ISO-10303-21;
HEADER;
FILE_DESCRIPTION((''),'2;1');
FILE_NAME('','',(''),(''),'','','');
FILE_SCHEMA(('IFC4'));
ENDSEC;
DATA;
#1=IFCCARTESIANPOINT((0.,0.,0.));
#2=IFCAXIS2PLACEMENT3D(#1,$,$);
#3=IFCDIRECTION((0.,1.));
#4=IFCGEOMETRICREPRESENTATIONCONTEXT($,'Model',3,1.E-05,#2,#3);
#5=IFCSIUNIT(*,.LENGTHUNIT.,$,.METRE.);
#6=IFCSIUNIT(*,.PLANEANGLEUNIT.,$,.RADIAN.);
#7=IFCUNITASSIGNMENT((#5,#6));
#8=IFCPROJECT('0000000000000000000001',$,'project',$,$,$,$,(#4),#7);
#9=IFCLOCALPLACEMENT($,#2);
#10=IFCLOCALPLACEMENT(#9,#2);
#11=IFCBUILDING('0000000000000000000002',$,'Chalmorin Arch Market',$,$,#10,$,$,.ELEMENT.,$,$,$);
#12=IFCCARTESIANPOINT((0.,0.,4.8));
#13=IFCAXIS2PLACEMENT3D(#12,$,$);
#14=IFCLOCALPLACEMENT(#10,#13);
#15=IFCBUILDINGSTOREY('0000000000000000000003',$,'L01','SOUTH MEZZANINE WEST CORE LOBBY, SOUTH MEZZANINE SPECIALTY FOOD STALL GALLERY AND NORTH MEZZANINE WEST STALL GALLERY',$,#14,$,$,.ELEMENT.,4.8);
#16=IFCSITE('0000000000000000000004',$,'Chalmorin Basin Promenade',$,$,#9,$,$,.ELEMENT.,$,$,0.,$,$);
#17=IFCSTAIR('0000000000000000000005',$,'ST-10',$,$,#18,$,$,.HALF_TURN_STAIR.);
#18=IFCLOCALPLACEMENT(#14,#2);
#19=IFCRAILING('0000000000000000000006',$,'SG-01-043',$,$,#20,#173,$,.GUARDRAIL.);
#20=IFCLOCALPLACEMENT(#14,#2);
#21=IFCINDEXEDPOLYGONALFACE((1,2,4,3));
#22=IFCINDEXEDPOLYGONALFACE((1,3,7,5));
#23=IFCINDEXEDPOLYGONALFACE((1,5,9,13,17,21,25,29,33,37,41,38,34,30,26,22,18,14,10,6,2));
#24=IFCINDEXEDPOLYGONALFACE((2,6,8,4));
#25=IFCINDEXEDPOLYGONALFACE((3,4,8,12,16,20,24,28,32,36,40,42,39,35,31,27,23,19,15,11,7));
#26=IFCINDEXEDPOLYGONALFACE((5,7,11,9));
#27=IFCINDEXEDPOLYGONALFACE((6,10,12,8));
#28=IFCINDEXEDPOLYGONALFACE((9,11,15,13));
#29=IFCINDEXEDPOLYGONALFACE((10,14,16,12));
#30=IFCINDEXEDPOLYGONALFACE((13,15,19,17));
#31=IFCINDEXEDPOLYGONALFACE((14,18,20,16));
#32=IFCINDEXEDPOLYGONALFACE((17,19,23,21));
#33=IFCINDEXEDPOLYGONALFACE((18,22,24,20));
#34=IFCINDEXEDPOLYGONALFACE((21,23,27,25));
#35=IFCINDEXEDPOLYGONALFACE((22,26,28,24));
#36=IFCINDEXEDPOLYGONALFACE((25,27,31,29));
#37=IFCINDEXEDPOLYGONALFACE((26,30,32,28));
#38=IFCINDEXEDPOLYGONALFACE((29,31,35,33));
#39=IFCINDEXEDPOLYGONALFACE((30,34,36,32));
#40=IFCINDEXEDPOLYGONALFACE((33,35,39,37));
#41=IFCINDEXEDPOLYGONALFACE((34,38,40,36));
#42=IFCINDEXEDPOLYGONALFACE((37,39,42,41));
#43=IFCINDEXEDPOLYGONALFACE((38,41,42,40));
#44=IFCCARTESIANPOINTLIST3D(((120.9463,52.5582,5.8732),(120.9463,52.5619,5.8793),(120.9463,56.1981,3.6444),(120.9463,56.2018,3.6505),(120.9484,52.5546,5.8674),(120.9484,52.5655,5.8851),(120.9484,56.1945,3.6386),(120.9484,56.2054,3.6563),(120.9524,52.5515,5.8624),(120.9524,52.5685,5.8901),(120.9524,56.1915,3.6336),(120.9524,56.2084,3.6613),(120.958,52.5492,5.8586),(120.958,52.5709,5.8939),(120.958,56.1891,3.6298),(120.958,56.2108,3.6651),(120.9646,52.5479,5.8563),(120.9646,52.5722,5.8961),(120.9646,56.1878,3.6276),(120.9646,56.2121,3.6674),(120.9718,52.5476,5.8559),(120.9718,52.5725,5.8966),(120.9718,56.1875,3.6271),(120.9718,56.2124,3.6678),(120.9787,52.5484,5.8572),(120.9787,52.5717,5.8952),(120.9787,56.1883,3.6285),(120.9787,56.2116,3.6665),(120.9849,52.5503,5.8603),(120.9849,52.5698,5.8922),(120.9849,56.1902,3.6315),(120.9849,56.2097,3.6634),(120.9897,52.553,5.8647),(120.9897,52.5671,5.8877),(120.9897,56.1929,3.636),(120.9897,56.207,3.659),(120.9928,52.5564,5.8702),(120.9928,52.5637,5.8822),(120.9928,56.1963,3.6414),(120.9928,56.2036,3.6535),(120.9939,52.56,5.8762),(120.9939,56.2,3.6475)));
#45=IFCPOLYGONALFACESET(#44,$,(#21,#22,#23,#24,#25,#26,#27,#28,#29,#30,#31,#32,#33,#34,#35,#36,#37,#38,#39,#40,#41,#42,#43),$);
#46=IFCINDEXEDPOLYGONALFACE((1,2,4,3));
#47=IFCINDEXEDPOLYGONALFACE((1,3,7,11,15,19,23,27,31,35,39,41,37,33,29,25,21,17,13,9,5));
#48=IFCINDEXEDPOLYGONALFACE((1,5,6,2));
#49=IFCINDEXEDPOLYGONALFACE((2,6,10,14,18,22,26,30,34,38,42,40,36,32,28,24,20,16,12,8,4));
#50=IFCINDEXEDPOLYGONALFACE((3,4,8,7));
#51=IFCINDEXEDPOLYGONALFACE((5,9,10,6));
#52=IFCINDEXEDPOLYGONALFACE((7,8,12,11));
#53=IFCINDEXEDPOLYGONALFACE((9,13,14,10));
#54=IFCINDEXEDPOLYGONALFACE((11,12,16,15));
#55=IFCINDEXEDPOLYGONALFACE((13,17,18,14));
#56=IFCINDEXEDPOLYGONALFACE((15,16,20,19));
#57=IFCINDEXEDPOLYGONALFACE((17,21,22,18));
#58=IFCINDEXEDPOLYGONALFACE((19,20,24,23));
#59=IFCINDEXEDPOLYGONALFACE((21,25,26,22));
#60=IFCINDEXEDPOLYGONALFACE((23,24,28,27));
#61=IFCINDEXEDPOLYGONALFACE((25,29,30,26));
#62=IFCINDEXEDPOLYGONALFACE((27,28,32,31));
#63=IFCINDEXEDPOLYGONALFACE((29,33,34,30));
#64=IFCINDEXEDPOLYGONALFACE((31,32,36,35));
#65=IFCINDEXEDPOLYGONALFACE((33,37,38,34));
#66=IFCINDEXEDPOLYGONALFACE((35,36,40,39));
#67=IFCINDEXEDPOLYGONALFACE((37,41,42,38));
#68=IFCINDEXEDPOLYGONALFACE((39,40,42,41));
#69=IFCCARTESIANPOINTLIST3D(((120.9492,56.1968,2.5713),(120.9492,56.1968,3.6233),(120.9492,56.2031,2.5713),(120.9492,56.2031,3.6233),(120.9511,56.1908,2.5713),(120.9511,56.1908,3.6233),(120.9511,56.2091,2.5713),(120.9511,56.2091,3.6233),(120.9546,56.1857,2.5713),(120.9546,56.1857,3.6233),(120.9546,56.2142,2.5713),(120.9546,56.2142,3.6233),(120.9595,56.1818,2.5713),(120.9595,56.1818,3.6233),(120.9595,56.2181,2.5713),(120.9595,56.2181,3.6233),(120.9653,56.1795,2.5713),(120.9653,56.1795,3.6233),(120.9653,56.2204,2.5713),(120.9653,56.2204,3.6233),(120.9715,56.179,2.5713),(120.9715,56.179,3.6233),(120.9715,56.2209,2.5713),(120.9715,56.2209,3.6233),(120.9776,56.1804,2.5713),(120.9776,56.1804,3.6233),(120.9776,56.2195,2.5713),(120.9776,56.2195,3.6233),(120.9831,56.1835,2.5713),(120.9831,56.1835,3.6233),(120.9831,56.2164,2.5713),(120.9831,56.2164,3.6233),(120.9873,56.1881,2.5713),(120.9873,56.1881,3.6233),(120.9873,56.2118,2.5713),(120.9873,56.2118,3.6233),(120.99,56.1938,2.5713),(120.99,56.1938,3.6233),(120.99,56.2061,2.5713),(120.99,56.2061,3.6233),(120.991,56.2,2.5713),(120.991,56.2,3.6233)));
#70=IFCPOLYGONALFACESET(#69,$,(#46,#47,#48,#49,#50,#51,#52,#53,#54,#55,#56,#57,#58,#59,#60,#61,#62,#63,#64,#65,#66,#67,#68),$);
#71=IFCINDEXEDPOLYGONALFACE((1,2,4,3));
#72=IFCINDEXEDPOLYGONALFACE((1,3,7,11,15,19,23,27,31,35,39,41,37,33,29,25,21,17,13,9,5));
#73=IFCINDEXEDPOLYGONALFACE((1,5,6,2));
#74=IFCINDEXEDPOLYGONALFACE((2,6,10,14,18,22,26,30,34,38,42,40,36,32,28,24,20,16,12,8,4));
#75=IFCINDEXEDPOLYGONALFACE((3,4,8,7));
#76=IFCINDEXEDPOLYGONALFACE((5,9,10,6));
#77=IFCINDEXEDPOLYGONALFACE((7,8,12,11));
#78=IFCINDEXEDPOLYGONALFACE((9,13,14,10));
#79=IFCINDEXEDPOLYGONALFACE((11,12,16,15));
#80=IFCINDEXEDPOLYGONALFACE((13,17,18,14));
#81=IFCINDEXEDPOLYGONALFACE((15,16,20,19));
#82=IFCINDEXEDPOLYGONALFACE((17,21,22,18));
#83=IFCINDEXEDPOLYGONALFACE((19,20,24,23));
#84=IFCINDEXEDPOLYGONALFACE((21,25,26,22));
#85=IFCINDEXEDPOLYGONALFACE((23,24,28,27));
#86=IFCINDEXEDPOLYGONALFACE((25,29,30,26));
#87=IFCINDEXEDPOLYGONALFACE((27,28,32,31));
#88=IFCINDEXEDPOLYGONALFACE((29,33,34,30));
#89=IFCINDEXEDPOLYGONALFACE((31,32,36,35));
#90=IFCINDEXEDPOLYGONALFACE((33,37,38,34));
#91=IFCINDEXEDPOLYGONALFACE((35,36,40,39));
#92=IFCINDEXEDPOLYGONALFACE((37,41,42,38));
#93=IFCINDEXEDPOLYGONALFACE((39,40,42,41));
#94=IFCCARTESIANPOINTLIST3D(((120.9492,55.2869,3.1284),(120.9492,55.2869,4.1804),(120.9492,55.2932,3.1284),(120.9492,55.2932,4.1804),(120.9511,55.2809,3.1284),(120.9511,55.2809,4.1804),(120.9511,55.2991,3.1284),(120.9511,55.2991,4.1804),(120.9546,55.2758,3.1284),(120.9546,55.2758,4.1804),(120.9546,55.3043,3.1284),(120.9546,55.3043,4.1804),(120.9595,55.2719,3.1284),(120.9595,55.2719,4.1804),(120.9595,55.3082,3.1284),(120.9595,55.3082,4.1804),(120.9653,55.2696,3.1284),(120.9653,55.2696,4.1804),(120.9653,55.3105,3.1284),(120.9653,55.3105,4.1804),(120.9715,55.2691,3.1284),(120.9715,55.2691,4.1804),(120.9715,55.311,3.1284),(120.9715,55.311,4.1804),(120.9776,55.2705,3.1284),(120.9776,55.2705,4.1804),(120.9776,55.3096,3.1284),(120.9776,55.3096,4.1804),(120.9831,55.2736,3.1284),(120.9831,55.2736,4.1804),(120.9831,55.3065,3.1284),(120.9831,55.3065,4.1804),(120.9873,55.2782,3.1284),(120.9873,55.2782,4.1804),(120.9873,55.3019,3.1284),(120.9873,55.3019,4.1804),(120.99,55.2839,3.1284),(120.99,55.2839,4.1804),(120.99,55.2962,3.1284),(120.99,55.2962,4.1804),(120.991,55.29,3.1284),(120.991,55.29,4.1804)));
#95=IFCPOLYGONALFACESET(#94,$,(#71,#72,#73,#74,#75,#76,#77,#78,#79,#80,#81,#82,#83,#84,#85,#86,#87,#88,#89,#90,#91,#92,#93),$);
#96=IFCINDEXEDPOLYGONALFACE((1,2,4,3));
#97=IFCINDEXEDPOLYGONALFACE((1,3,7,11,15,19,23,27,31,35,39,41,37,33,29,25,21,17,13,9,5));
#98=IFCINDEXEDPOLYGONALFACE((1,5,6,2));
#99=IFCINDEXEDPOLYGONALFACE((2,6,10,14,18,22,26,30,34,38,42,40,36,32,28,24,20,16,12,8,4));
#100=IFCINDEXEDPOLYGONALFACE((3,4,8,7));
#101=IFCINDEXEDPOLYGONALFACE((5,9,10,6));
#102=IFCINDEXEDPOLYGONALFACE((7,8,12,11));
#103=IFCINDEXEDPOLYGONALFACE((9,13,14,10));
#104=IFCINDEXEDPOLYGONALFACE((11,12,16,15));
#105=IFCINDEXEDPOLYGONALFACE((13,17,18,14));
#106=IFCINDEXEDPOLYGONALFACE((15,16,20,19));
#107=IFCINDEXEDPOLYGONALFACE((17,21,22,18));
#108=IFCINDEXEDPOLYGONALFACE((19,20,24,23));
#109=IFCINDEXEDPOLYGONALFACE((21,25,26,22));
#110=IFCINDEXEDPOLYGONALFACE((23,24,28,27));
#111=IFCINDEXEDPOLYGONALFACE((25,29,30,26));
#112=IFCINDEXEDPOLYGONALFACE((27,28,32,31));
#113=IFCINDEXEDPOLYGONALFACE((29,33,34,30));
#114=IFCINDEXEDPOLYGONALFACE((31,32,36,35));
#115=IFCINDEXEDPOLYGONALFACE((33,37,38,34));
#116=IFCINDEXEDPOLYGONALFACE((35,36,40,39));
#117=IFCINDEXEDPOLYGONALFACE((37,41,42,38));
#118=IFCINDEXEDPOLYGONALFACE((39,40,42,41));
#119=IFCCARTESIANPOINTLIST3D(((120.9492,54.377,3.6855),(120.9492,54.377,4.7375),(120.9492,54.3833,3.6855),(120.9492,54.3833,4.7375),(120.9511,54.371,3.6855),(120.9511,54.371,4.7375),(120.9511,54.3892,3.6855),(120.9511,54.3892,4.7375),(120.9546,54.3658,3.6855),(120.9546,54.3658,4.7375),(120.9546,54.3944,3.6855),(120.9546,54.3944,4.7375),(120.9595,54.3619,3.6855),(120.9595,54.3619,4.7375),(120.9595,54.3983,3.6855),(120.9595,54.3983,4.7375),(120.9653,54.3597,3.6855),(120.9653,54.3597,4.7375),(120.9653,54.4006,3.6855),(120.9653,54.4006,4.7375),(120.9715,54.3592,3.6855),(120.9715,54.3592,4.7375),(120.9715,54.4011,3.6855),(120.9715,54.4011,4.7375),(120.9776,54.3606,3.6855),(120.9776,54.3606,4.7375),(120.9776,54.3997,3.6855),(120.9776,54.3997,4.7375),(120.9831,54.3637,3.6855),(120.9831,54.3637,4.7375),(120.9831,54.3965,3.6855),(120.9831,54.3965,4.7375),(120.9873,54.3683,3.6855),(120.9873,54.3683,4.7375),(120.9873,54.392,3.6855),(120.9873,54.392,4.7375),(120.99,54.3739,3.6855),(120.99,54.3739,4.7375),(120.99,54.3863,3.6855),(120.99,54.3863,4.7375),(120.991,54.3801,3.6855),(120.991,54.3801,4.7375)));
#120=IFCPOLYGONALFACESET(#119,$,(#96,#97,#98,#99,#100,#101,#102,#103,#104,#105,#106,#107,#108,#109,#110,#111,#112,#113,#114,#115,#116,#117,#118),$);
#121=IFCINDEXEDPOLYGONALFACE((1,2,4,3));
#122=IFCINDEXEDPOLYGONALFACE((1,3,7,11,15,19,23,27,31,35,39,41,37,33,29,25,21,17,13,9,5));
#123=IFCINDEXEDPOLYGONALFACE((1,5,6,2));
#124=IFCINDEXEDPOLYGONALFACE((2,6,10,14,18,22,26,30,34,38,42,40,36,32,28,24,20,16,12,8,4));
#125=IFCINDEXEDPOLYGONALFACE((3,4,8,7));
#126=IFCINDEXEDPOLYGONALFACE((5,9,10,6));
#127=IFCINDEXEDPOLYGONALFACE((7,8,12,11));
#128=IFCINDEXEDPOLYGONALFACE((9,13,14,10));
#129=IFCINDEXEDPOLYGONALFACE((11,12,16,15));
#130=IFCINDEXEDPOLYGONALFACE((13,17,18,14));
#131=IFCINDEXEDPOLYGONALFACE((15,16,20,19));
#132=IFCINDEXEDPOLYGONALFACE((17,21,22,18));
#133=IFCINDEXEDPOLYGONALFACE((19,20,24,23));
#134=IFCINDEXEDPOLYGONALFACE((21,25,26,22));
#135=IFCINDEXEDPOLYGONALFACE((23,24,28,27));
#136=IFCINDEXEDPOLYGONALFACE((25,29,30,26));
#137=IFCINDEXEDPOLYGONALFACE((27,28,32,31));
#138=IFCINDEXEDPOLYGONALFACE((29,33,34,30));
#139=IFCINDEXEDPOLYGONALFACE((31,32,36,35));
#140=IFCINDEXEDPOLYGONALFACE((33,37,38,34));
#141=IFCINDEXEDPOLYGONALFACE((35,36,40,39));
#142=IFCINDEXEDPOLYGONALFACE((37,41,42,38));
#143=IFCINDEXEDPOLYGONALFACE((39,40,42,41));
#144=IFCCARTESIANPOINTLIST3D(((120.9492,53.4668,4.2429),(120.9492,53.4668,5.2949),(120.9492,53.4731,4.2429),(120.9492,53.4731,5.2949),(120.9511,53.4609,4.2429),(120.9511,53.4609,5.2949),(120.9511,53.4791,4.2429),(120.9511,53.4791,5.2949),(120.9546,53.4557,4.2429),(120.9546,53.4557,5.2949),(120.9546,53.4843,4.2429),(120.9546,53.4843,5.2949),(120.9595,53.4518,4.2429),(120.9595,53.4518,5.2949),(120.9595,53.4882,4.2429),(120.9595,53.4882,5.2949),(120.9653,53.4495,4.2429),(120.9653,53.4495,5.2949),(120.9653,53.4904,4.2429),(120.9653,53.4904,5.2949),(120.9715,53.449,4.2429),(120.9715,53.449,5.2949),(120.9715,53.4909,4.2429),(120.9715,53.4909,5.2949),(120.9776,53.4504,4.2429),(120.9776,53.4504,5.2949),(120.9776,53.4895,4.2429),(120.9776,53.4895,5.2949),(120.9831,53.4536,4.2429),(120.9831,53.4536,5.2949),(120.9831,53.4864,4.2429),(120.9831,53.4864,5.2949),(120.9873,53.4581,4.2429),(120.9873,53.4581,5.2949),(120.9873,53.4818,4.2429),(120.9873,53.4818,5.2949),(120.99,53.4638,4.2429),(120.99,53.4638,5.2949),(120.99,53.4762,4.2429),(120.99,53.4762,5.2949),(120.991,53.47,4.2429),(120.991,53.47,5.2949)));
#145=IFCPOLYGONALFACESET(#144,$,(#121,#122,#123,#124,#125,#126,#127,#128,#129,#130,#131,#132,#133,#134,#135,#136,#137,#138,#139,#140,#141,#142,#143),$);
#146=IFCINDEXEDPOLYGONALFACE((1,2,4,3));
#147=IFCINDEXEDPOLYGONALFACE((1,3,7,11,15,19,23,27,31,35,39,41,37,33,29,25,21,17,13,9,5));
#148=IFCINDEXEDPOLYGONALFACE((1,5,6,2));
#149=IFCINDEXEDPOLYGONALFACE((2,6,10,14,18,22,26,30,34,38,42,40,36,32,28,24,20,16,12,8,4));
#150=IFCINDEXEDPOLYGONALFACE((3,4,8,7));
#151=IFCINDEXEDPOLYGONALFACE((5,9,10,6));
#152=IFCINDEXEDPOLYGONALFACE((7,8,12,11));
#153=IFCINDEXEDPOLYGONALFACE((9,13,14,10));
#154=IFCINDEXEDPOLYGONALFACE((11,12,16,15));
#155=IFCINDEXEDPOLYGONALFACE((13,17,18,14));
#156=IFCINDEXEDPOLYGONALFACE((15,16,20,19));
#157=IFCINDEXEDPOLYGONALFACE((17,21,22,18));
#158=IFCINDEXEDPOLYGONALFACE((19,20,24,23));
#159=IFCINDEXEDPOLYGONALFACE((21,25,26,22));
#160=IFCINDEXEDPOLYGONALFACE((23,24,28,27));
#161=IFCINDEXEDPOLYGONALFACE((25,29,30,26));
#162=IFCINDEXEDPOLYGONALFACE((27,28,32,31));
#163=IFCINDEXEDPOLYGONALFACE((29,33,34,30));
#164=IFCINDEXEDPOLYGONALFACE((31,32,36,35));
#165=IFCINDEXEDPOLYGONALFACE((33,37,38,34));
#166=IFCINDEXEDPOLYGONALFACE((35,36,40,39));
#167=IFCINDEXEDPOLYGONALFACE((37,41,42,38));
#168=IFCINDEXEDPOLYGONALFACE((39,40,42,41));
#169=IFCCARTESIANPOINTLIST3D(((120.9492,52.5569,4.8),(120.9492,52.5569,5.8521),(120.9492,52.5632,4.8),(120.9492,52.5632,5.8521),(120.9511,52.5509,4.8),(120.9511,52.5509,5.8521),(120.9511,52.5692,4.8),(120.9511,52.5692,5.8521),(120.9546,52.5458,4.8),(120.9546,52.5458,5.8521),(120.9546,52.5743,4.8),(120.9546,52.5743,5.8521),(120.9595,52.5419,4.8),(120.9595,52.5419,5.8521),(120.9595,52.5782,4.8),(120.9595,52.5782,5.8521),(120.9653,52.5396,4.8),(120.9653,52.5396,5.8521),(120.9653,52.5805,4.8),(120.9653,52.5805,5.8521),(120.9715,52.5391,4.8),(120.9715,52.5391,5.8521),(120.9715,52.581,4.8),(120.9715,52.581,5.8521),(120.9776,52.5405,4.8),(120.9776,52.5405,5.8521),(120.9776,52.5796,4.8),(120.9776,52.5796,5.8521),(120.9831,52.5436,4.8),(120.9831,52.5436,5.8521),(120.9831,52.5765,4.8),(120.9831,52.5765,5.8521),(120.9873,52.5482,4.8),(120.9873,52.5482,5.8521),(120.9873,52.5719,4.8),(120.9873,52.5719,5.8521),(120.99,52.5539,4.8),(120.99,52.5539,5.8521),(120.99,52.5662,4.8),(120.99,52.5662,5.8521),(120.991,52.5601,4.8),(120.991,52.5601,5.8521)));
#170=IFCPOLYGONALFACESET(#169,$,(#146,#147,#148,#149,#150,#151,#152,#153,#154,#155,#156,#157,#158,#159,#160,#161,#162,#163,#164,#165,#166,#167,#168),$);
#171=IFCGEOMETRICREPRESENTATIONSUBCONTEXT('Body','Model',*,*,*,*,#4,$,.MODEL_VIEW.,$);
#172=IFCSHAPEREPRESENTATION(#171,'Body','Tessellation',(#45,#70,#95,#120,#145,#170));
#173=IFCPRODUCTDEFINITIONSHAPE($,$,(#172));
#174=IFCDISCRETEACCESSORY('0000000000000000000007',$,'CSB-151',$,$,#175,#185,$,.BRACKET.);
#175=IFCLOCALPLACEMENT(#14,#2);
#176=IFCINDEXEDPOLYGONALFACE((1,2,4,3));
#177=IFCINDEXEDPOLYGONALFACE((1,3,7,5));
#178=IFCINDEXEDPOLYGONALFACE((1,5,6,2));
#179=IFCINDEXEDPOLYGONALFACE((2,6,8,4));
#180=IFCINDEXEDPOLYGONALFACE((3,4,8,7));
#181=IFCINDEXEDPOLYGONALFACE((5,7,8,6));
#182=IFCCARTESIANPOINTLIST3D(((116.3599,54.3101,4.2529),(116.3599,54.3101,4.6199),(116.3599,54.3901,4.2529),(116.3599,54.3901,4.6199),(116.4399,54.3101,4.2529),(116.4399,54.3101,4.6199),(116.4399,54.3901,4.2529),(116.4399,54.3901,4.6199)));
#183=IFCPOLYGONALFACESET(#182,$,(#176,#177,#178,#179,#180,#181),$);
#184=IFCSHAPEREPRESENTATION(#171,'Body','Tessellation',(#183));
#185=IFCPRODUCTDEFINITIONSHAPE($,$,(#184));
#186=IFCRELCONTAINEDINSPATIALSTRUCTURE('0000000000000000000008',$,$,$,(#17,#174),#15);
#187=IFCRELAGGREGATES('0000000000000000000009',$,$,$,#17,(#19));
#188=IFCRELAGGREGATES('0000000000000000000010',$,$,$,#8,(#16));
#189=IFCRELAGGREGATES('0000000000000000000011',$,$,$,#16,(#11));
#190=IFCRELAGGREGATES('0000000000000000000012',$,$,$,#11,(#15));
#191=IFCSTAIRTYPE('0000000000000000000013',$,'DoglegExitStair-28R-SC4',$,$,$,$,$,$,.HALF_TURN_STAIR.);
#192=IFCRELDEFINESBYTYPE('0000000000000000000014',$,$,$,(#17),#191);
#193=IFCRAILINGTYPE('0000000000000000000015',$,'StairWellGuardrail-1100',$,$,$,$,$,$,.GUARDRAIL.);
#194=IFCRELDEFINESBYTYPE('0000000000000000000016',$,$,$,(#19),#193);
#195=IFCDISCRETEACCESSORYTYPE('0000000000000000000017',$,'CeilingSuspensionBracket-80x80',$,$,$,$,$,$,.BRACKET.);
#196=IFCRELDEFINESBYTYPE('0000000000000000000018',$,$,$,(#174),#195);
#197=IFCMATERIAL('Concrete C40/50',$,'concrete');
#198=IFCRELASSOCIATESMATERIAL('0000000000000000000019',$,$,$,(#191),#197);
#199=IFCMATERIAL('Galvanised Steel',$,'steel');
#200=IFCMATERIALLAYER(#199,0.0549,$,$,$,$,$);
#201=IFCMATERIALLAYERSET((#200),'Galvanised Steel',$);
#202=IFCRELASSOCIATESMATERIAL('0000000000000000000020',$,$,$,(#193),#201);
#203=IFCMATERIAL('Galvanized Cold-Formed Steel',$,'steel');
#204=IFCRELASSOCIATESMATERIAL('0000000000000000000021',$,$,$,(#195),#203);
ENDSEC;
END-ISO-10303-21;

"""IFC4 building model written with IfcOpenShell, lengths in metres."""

from ifc_helpers import new_model, si_unit, direction, frame, origin, origin_2d, place, context, subcontext, project, spatial, rectangle, circle, extrude, material, layer, layer_set, type_object, element, aggregate, save


model = new_model("IFC4")

# Units and contexts
model_context = context("Model", 3, precision=1e-05, world=origin(), true_north=direction((0.0, 1.0)))
body_context = subcontext(model_context, "Body", "Model", "MODEL_VIEW")
ifc_project = project(units=[si_unit("LENGTHUNIT", "METRE"), si_unit("PLANEANGLEUNIT", "RADIAN")], contexts=[model_context])

# Site, building, storey
site_placement = place(None, origin())
site = spatial("IfcSite", under=ifc_project, at=site_placement, Name="Chalmorin Basin Promenade", CompositionType="ELEMENT", RefElevation=0.0)
building_placement = place(site_placement, origin())
building = spatial("IfcBuilding", under=site, at=building_placement, Name="Chalmorin Arch Market", CompositionType="ELEMENT")
storey_placement = place(building_placement, frame((0.0, 0.0, 4.8)))
storey = spatial("IfcBuildingStorey", under=building, at=storey_placement, Name="L01", Description="SOUTH MEZZANINE WEST CORE LOBBY, SOUTH MEZZANINE SPECIALTY FOOD STALL GALLERY AND NORTH MEZZANINE WEST STALL GALLERY", CompositionType="ELEMENT", Elevation=4.8)

# Shared definitions
ifc_material_1 = material(Name="Concrete C40/50", Category="concrete")

# Stair, railing
stair_type = type_object("IfcStairType", Name="DoglegExitStair-28R-SC4", PredefinedType="HALF_TURN_STAIR", material=ifc_material_1)
stair_placement = place(storey_placement, origin())
stair = element("IfcStair", 1, at=stair_placement, inside=storey, type_object=stair_type, Name="ST-10", PredefinedType="HALF_TURN_STAIR")
ifc_material_2 = material(Name="Galvanised Steel", Category="steel")
ifc_layer_1 = layer(ifc_material_2, 0.0549)
ifc_layer_set_1 = layer_set([ifc_layer_1], Name="Galvanised Steel")
railing_type_1 = type_object("IfcRailingType", Name="StairWellGuardrail-1100", PredefinedType="GUARDRAIL", material=ifc_layer_set_1)
railing_1_placement = place(storey_placement, frame((120.97, 56.2, 2.5713)))
railing_1 = element("IfcRailing", 2, at=railing_1_placement, type_object=railing_type_1, Name="SG-01-043", PredefinedType="GUARDRAIL", context=body_context, shape_type="SweptSolid", body=[
    extrude(circle(Radius=0.0239, at=origin_2d()), frame((0.0, 0.0, 1.0762), z_axis=(0.0, -0.852825, 0.522197), x_axis=(1.0, 0.0, 0.0)), (0.0, 0.0, 1.0), 4.2681),
    extrude(circle(Radius=0.021, at=origin_2d()), origin(), (0.0, 0.0, 1.0), 1.052),
    extrude(circle(Radius=0.021, at=origin_2d()), frame((0.0, -0.9099, 0.5571)), (0.0, 0.0, 1.0), 1.052),
    extrude(circle(Radius=0.021, at=origin_2d()), frame((0.0, -1.8198, 1.1143)), (0.0, 0.0, 1.0), 1.052),
    extrude(circle(Radius=0.021, at=origin_2d()), frame((0.0, -2.73, 1.6716)), (0.0, 0.0, 1.0), 1.052),
    extrude(circle(Radius=0.021, at=origin_2d()), frame((0.0, -3.6399, 2.2288)), (0.0, 0.0, 1.0), 1.052),
])
aggregate(stair, [railing_1])

# Discrete accessory
ifc_material_3 = material(Name="Galvanized Cold-Formed Steel", Category="steel")
discrete_accessory_type = type_object("IfcDiscreteAccessoryType", Name="CeilingSuspensionBracket-80x80", PredefinedType="BRACKET", material=ifc_material_3)
discrete_accessory_placement = place(storey_placement, frame((116.3999, 54.3501, 4.2529), z_axis=(0.0, 0.0, 1.0), x_axis=(1.0, 0.0, 0.0)))
element("IfcDiscreteAccessory", 3, at=discrete_accessory_placement, inside=storey, type_object=discrete_accessory_type, Name="CSB-151", PredefinedType="BRACKET", context=body_context, shape_type="SweptSolid", body=[
    extrude(rectangle(XDim=0.0801, YDim=0.0801, at=origin_2d()), origin(), (0.0, 0.0, 1.0), 0.3669),
])

save(model, "model.ifc")
